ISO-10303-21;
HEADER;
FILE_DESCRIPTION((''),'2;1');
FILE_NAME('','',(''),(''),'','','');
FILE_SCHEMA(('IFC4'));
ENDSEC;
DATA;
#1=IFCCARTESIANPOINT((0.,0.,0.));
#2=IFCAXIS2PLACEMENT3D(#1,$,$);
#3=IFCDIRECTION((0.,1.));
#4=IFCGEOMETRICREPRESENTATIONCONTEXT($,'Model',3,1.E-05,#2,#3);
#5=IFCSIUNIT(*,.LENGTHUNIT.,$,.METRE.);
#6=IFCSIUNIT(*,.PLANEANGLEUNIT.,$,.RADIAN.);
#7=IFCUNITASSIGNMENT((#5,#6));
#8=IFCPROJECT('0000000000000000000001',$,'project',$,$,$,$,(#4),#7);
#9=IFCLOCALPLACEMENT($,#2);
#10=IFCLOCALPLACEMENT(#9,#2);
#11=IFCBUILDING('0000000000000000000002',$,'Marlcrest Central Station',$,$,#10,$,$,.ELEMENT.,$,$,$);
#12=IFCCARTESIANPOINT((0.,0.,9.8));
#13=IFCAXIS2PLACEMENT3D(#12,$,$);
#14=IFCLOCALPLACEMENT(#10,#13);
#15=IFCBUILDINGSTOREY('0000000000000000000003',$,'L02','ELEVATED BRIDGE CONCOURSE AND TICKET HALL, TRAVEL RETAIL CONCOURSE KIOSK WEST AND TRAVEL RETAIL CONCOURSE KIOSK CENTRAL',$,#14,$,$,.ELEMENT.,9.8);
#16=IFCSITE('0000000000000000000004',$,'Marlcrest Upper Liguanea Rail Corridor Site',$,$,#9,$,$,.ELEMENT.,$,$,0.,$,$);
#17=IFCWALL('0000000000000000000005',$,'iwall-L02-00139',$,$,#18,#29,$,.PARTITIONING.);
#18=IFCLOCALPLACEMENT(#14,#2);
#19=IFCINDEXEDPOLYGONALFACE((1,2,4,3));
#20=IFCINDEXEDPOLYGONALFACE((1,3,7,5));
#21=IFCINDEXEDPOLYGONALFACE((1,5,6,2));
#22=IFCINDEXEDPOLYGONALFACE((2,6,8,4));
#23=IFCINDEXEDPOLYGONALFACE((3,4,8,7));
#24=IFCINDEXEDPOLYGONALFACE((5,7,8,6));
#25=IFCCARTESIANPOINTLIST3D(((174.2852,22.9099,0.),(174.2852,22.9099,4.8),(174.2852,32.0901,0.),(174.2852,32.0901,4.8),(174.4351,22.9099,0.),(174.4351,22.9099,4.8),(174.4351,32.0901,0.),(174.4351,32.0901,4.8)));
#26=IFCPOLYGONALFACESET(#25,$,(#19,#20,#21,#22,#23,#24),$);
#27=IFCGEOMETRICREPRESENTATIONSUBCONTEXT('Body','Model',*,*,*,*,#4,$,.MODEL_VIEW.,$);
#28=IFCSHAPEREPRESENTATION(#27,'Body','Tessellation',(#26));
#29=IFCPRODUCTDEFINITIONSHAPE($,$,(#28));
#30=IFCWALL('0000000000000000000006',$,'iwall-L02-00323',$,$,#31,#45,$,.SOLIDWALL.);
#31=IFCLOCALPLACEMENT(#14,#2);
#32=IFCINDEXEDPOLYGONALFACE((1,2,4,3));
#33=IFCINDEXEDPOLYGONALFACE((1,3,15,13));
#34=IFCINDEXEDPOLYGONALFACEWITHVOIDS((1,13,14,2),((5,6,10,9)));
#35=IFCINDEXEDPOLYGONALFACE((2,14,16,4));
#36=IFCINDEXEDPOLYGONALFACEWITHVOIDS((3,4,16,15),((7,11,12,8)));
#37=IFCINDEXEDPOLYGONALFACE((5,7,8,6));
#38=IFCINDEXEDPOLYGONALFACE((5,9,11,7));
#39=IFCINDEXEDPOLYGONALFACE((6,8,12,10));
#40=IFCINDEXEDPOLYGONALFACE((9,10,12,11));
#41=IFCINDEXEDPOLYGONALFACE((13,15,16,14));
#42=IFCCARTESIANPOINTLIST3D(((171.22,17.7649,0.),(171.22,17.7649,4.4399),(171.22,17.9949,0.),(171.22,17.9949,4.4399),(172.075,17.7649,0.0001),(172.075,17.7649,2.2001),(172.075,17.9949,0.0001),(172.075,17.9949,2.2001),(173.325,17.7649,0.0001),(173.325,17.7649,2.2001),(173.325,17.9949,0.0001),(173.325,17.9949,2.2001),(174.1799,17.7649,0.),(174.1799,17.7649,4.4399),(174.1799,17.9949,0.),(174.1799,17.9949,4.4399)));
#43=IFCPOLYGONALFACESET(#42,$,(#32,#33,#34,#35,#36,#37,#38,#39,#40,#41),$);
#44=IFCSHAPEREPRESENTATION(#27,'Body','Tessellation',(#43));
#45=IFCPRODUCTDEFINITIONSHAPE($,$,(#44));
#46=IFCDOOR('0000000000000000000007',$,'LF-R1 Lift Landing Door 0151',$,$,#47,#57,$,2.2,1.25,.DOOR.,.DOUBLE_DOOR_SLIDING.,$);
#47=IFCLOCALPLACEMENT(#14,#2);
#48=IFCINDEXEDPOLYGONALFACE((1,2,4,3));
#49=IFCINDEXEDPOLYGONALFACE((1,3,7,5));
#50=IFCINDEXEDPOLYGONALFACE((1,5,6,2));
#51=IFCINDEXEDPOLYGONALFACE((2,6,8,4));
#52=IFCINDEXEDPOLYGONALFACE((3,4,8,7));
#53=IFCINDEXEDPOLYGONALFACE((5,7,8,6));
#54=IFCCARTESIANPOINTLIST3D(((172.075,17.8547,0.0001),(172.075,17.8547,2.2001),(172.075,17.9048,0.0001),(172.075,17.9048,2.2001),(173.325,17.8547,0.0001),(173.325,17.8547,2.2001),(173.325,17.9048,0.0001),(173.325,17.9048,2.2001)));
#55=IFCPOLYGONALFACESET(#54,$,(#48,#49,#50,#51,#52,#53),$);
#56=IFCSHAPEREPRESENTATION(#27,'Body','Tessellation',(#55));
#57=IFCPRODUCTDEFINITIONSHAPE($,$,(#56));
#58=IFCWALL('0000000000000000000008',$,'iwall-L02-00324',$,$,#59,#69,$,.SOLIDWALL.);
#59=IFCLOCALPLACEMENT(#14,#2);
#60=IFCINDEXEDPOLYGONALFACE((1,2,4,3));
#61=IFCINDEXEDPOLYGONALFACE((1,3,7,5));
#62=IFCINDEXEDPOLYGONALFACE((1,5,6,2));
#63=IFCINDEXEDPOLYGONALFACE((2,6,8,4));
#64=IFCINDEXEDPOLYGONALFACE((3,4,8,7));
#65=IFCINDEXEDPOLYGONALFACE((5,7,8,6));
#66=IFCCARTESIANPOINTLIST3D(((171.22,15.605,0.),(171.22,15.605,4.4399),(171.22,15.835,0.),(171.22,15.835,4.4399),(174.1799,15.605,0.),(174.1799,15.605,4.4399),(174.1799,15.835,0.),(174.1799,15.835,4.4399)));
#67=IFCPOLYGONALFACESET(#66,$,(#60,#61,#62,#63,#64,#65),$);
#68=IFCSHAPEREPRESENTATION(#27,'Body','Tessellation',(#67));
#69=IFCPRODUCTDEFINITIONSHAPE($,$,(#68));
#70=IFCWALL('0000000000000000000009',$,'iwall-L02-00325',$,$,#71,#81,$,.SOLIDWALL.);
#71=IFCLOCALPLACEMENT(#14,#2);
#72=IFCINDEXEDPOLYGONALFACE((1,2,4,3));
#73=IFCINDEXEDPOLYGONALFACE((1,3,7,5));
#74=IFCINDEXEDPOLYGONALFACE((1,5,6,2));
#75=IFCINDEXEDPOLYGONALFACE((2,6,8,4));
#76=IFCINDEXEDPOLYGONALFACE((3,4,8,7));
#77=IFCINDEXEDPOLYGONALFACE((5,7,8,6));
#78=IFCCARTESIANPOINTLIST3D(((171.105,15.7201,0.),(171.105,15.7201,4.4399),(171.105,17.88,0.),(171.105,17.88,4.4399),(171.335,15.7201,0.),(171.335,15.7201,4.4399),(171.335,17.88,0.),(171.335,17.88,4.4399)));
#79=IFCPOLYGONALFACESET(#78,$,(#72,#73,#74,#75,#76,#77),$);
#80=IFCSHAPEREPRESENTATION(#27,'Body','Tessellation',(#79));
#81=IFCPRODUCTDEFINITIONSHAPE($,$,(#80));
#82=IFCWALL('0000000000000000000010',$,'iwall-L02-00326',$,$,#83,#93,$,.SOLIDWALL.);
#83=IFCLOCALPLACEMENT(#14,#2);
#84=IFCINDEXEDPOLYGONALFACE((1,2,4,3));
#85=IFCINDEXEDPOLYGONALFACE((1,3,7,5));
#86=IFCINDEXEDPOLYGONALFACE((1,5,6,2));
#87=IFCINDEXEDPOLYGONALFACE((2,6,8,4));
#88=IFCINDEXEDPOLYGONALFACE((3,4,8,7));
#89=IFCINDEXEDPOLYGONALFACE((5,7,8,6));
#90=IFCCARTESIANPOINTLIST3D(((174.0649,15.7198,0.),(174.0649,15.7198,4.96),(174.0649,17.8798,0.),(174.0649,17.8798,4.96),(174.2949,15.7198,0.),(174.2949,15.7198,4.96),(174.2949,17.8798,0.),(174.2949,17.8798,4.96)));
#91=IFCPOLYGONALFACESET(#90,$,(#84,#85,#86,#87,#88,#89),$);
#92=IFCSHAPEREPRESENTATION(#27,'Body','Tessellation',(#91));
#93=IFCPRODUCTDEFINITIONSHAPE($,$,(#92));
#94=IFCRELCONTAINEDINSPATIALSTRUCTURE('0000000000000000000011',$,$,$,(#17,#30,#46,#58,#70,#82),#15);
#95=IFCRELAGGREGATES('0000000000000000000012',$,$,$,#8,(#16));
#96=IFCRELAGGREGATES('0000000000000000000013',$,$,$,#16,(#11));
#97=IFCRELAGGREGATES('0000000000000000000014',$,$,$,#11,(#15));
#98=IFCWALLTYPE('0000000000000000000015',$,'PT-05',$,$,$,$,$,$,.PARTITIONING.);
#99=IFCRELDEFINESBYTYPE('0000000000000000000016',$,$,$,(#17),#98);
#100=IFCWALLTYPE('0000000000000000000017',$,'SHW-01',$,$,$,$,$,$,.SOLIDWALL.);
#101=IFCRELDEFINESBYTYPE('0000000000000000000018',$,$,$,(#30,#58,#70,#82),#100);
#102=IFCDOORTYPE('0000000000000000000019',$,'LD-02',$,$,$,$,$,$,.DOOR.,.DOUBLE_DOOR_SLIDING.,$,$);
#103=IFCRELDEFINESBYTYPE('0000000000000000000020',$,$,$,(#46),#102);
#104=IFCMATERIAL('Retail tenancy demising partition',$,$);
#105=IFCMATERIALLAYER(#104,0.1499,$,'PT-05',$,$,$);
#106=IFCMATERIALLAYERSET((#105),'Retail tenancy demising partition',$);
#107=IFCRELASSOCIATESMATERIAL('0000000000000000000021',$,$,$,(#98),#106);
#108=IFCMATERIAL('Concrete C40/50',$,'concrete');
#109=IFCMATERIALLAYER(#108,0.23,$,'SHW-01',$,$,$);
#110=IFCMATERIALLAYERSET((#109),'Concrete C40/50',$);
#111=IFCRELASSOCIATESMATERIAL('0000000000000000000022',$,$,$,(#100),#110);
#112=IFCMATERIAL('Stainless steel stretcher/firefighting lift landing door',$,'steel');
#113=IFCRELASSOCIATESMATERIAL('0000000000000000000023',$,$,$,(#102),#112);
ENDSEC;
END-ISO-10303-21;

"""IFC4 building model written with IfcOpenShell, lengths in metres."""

from ifc_helpers import new_model, si_unit, direction, frame, frame_2d, origin, place, context, subcontext, project, spatial, rectangle, extrude, material, layer, layer_set, type_object, element, fill, save


model = new_model("IFC4")

# Units and contexts
model_context = context("Model", 3, precision=1e-05, world=origin(), true_north=direction((0.0, 1.0)))
body_context = subcontext(model_context, "Body", "Model", "MODEL_VIEW")
ifc_project = project(units=[si_unit("LENGTHUNIT", "METRE"), si_unit("PLANEANGLEUNIT", "RADIAN")], contexts=[model_context])

# Site, building, storey
site_placement = place(None, origin())
site = spatial("IfcSite", under=ifc_project, at=site_placement, Name="Marlcrest Upper Liguanea Rail Corridor Site", CompositionType="ELEMENT", RefElevation=0.0)
building_placement = place(site_placement, origin())
building = spatial("IfcBuilding", under=site, at=building_placement, Name="Marlcrest Central Station", CompositionType="ELEMENT")
storey_placement = place(building_placement, frame((0.0, 0.0, 9.8)))
storey = spatial("IfcBuildingStorey", under=building, at=storey_placement, Name="L02", Description="ELEVATED BRIDGE CONCOURSE AND TICKET HALL, TRAVEL RETAIL CONCOURSE KIOSK WEST AND TRAVEL RETAIL CONCOURSE KIOSK CENTRAL", CompositionType="ELEMENT", Elevation=9.8)

# Shared definitions
ifc_material_1 = material(Name="Retail tenancy demising partition")
ifc_layer_1 = layer(ifc_material_1, 0.1499, Name="PT-05")
ifc_layer_set_1 = layer_set([ifc_layer_1], Name="Retail tenancy demising partition")
wall_type_1 = type_object("IfcWallType", Name="PT-05", PredefinedType="PARTITIONING", material=ifc_layer_set_1)

# Wall
wall_1_placement = place(storey_placement, frame((174.3601, 22.9099, 0.0), z_axis=(0.0, 0.0, 1.0), x_axis=(0.0, 1.0, 0.0)))
element("IfcWall", 1, at=wall_1_placement, inside=storey, type_object=wall_type_1, Name="iwall-L02-00139", PredefinedType="PARTITIONING", context=body_context, shape_type="SweptSolid", body=[
    extrude(rectangle(XDim=9.1802, YDim=0.1499, at=frame_2d((4.5901, 0.0))), origin(), (0.0, 0.0, 1.0), 4.8),
])

# Wall, opening, door
ifc_material_2 = material(Name="Concrete C40/50", Category="concrete")
ifc_layer_2 = layer(ifc_material_2, 0.23, Name="SHW-01")
ifc_layer_set_2 = layer_set([ifc_layer_2], Name="Concrete C40/50")
wall_type_2 = type_object("IfcWallType", Name="SHW-01", PredefinedType="SOLIDWALL", material=ifc_layer_set_2)
wall_2_placement = place(storey_placement, frame((171.22, 17.8799, 0.0), z_axis=(0.0, 0.0, 1.0), x_axis=(1.0, 0.0, 0.0)))
wall_2 = element("IfcWall", 2, at=wall_2_placement, inside=storey, type_object=wall_type_2, Name="iwall-L02-00323", PredefinedType="SOLIDWALL", context=body_context, shape_type="SweptSolid", body=[
    extrude(rectangle(XDim=2.96, YDim=0.23, at=frame_2d((1.48, 0.0))), origin(), (0.0, 0.0, 1.0), 4.4399),
])
opening_1_placement = place(wall_2_placement, frame((0.855, 0.0, 0.0)))
opening_1 = element("IfcOpeningElement", 3, at=opening_1_placement, cuts=wall_2, PredefinedType="OPENING", context=body_context, shape_type="SweptSolid", body=[
    extrude(rectangle(XDim=1.25, YDim=2.2, at=frame_2d((0.625, 1.1001))), frame((0.0, 0.125, 0.0), z_axis=(0.0, -1.0, 0.0), x_axis=(1.0, 0.0, 0.0)), (0.0, 0.0, 1.0), 0.25),
])
ifc_material_3 = material(Name="Stainless steel stretcher/firefighting lift landing door", Category="steel")
door_type_1 = type_object("IfcDoorType", Name="LD-02", OperationType="DOUBLE_DOOR_SLIDING", PredefinedType="DOOR", material=ifc_material_3)
door_1_placement = place(opening_1_placement, origin())
door_1 = element("IfcDoor", 4, at=door_1_placement, inside=storey, type_object=door_type_1, Name="LF-R1 Lift Landing Door 0151", OperationType="DOUBLE_DOOR_SLIDING", OverallHeight=2.2, OverallWidth=1.25, PredefinedType="DOOR", context=body_context, shape_type="SweptSolid", body=[
    extrude(rectangle(XDim=1.25, YDim=2.2, at=frame_2d((0.625, 1.1001))), frame((0.0, 0.0249, 0.0), z_axis=(0.0, -1.0, 0.0), x_axis=(1.0, 0.0, 0.0)), (0.0, 0.0, 1.0), 0.05),
])
fill(opening_1, door_1)

# Walls
wall_3_placement = place(storey_placement, frame((174.1799, 15.72, 0.0), z_axis=(0.0, 0.0, 1.0), x_axis=(-1.0, 0.0, 0.0)))
element("IfcWall", 5, at=wall_3_placement, inside=storey, type_object=wall_type_2, Name="iwall-L02-00324", PredefinedType="SOLIDWALL", context=body_context, shape_type="SweptSolid", body=[
    extrude(rectangle(XDim=2.96, YDim=0.23, at=frame_2d((1.48, 0.0))), origin(), (0.0, 0.0, 1.0), 4.4399),
])
wall_4_placement = place(storey_placement, frame((171.22, 15.72, 0.0), z_axis=(0.0, 0.0, 1.0), x_axis=(0.0, 1.0, 0.0)))
element("IfcWall", 6, at=wall_4_placement, inside=storey, type_object=wall_type_2, Name="iwall-L02-00325", PredefinedType="SOLIDWALL", context=body_context, shape_type="SweptSolid", body=[
    extrude(rectangle(XDim=2.1599, YDim=0.23, at=frame_2d((1.0801, 0.0))), origin(), (0.0, 0.0, 1.0), 4.4399),
])
wall_5_placement = place(storey_placement, frame((174.1799, 17.8799, 0.0), z_axis=(0.0, 0.0, 1.0), x_axis=(0.0, -1.0, 0.0)))
element("IfcWall", 7, at=wall_5_placement, inside=storey, type_object=wall_type_2, Name="iwall-L02-00326", PredefinedType="SOLIDWALL", context=body_context, shape_type="SweptSolid", body=[
    extrude(rectangle(XDim=2.1599, YDim=0.23, at=frame_2d((1.0801, 0.0))), origin(), (0.0, 0.0, 1.0), 4.96),
])

save(model, "model.ifc")
